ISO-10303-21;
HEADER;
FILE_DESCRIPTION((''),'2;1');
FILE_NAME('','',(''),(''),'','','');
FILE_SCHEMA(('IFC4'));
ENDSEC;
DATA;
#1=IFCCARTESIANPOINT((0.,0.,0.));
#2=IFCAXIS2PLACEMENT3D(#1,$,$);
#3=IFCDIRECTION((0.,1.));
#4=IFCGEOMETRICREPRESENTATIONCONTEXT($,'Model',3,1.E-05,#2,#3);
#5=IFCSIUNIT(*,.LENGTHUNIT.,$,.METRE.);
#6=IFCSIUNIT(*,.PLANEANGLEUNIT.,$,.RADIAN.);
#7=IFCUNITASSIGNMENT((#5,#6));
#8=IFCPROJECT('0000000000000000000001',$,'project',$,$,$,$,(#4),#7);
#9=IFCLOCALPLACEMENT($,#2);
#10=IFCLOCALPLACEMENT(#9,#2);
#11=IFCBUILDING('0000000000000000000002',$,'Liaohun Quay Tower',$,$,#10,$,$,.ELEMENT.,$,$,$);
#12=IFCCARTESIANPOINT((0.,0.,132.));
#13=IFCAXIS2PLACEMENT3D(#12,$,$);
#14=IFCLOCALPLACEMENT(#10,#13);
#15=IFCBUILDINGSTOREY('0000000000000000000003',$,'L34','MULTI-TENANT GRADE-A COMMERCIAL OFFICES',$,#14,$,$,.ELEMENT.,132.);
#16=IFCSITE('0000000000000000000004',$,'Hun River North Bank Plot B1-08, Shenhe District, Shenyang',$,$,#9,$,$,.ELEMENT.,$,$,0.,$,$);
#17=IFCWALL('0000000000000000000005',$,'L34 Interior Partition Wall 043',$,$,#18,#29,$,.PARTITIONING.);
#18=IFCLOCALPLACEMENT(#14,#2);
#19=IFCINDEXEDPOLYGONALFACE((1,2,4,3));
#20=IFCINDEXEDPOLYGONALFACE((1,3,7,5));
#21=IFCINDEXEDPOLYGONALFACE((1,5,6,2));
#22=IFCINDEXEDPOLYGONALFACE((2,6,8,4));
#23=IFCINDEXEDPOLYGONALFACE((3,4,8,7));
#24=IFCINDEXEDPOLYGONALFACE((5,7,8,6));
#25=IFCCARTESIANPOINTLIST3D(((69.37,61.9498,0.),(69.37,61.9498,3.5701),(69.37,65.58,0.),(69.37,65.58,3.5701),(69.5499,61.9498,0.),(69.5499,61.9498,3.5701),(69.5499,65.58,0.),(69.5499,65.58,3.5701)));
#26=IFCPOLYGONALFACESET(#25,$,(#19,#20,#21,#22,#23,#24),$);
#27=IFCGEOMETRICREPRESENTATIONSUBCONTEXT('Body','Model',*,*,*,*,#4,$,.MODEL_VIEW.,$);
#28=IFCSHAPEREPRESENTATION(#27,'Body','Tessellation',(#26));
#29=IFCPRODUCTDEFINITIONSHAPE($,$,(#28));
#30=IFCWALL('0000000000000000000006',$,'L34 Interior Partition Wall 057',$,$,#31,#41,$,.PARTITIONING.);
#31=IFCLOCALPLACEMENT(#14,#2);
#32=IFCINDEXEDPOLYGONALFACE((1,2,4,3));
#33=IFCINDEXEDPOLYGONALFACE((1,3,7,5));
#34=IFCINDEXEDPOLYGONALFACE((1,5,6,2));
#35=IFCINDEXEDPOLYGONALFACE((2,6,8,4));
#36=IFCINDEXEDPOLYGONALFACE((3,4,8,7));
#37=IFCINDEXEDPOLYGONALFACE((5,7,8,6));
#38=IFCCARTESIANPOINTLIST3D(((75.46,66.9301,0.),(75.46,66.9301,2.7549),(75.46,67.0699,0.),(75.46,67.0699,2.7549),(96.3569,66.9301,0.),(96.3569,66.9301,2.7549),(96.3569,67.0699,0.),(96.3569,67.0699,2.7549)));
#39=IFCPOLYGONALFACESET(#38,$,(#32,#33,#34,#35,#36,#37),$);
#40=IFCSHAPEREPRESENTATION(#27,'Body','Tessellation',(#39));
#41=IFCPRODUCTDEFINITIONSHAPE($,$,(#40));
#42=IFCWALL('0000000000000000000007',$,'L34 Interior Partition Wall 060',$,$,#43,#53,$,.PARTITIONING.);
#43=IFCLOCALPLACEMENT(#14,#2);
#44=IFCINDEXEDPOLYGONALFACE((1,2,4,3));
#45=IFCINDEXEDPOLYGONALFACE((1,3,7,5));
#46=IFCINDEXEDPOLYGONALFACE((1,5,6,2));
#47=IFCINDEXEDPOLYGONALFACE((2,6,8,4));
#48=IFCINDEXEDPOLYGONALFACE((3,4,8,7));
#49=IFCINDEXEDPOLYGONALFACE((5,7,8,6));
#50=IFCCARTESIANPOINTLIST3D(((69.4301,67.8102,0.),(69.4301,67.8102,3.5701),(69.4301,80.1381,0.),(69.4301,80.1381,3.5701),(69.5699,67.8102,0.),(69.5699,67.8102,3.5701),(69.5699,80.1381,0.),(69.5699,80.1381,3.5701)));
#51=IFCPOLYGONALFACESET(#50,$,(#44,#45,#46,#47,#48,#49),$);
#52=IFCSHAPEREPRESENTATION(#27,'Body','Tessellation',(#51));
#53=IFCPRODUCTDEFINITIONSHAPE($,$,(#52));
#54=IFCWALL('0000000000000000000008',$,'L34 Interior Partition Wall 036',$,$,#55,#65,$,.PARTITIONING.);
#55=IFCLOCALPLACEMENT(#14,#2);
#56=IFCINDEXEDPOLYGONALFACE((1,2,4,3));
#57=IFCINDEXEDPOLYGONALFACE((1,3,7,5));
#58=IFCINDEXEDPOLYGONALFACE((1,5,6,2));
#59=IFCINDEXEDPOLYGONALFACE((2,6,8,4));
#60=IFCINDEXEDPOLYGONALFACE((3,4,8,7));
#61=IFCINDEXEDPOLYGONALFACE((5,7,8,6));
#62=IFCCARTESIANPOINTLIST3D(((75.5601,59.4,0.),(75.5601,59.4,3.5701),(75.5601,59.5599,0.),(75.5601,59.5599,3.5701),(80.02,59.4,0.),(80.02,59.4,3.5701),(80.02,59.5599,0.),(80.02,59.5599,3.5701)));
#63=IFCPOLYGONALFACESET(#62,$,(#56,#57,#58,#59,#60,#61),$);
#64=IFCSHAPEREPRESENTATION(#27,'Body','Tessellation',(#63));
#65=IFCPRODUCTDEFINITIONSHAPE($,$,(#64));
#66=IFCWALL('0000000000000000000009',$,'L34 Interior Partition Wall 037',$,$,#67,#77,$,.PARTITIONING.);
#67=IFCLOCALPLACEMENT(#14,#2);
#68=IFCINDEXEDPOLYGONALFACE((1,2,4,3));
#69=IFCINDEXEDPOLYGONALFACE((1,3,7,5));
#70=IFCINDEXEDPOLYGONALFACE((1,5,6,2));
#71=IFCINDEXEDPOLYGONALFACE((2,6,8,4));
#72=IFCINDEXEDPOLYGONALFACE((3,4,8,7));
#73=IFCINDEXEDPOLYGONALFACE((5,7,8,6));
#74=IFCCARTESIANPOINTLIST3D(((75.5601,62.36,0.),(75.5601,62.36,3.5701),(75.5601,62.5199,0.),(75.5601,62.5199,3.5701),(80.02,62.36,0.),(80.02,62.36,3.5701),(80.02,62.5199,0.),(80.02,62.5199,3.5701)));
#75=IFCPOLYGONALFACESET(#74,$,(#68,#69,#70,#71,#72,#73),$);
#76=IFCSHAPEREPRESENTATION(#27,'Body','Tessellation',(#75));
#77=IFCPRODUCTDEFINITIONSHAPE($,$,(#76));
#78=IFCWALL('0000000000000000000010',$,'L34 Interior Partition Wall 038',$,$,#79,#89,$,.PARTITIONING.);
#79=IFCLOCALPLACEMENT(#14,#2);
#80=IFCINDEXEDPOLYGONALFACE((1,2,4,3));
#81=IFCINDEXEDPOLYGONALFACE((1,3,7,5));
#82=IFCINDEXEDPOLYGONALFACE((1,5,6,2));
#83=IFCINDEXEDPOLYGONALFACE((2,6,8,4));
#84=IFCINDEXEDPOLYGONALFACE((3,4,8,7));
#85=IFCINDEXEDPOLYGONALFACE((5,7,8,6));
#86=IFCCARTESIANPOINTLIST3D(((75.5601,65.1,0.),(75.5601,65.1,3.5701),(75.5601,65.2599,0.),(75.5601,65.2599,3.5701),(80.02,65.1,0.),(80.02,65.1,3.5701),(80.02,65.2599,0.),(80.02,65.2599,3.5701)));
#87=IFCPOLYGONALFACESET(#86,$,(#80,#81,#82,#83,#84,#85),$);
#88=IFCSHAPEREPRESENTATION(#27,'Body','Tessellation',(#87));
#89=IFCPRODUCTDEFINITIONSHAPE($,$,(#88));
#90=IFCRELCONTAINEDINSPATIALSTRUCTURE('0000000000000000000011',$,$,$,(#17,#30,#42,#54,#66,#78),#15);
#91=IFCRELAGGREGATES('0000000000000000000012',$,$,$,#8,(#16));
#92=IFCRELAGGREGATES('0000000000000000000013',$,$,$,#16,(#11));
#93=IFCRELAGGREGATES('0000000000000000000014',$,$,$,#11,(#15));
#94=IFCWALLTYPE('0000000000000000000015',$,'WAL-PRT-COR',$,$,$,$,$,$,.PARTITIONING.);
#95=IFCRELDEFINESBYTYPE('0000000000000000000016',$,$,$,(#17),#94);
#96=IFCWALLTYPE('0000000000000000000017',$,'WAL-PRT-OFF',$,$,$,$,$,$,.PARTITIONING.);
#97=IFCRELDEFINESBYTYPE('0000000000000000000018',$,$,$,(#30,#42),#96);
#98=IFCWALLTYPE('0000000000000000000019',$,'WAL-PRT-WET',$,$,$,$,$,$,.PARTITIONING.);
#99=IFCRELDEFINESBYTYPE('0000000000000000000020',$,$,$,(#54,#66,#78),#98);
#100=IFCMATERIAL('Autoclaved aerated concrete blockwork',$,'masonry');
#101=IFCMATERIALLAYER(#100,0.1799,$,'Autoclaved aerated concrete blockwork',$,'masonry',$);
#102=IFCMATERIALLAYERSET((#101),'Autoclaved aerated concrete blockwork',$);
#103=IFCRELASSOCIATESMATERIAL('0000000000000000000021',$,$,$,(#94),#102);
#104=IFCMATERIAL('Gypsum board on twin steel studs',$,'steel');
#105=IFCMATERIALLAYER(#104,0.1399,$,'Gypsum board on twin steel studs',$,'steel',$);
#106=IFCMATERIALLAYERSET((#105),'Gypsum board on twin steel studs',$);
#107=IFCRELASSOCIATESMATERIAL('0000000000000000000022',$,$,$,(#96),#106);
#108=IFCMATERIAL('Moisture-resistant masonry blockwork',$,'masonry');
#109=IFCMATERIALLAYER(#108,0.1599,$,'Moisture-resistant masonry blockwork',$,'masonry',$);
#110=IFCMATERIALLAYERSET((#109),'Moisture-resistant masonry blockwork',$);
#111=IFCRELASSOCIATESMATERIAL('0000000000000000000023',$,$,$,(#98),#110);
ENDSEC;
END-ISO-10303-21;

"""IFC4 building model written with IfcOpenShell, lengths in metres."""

from ifc_helpers import new_model, si_unit, direction, frame, frame_2d, origin, place, context, subcontext, project, spatial, rectangle, extrude, material, layer, layer_set, type_object, element, save


model = new_model("IFC4")

# Units and contexts
model_context = context("Model", 3, precision=1e-05, world=origin(), true_north=direction((0.0, 1.0)))
body_context = subcontext(model_context, "Body", "Model", "MODEL_VIEW")
ifc_project = project(units=[si_unit("LENGTHUNIT", "METRE"), si_unit("PLANEANGLEUNIT", "RADIAN")], contexts=[model_context])

# Site, building, storey
site_placement = place(None, origin())
site = spatial("IfcSite", under=ifc_project, at=site_placement, Name="Hun River North Bank Plot B1-08, Shenhe District, Shenyang", CompositionType="ELEMENT", RefElevation=0.0)
building_placement = place(site_placement, origin())
building = spatial("IfcBuilding", under=site, at=building_placement, Name="Liaohun Quay Tower", CompositionType="ELEMENT")
storey_placement = place(building_placement, frame((0.0, 0.0, 132.0)))
storey = spatial("IfcBuildingStorey", under=building, at=storey_placement, Name="L34", Description="MULTI-TENANT GRADE-A COMMERCIAL OFFICES", CompositionType="ELEMENT", Elevation=132.0)

# Shared definitions
ifc_material_1 = material(Name="Autoclaved aerated concrete blockwork", Category="masonry")
ifc_layer_1 = layer(ifc_material_1, 0.1799, Name="Autoclaved aerated concrete blockwork", Category="masonry")
ifc_layer_set_1 = layer_set([ifc_layer_1], Name="Autoclaved aerated concrete blockwork")
wall_type_1 = type_object("IfcWallType", Name="WAL-PRT-COR", PredefinedType="PARTITIONING", material=ifc_layer_set_1)

# Walls
wall_1_placement = place(storey_placement, frame((69.46, 61.95, 0.0), z_axis=(0.0, 0.0, 1.0), x_axis=(0.0, 1.0, 0.0)))
element("IfcWall", 1, at=wall_1_placement, inside=storey, type_object=wall_type_1, Name="L34 Interior Partition Wall 043", PredefinedType="PARTITIONING", context=body_context, shape_type="SweptSolid", body=[
    extrude(rectangle(XDim=3.6301, YDim=0.1799, at=frame_2d((1.8149, 0.0))), origin(), (0.0, 0.0, 1.0), 3.5701),
])
ifc_material_2 = material(Name="Gypsum board on twin steel studs", Category="steel")
ifc_layer_2 = layer(ifc_material_2, 0.1399, Name="Gypsum board on twin steel studs", Category="steel")
ifc_layer_set_2 = layer_set([ifc_layer_2], Name="Gypsum board on twin steel studs")
wall_type_2 = type_object("IfcWallType", Name="WAL-PRT-OFF", PredefinedType="PARTITIONING", material=ifc_layer_set_2)
wall_2_placement = place(storey_placement, frame((75.46, 67.0, 0.0), z_axis=(0.0, 0.0, 1.0), x_axis=(1.0, 0.0, 0.0)))
element("IfcWall", 2, at=wall_2_placement, inside=storey, type_object=wall_type_2, Name="L34 Interior Partition Wall 057", PredefinedType="PARTITIONING", context=body_context, shape_type="SweptSolid", body=[
    extrude(rectangle(XDim=20.897, YDim=0.1399, at=frame_2d((10.4485, 0.0))), origin(), (0.0, 0.0, 1.0), 2.7549),
])
wall_3_placement = place(storey_placement, frame((69.5, 67.8101, 0.0), z_axis=(0.0, 0.0, 1.0), x_axis=(0.0, 1.0, 0.0)))
element("IfcWall", 3, at=wall_3_placement, inside=storey, type_object=wall_type_2, Name="L34 Interior Partition Wall 060", PredefinedType="PARTITIONING", context=body_context, shape_type="SweptSolid", body=[
    extrude(rectangle(XDim=12.3279, YDim=0.1399, at=frame_2d((6.1641, 0.0))), origin(), (0.0, 0.0, 1.0), 3.5701),
])

# Shared definitions
ifc_material_3 = material(Name="Moisture-resistant masonry blockwork", Category="masonry")
ifc_layer_3 = layer(ifc_material_3, 0.1599, Name="Moisture-resistant masonry blockwork", Category="masonry")
ifc_layer_set_3 = layer_set([ifc_layer_3], Name="Moisture-resistant masonry blockwork")
wall_type_3 = type_object("IfcWallType", Name="WAL-PRT-WET", PredefinedType="PARTITIONING", material=ifc_layer_set_3)

# Walls
for number, where, z_axis, x_axis, name in (
    (4, (75.5601, 59.48, 0.0), (0.0, 0.0, 1.0), (1.0, 0.0, 0.0), "L34 Interior Partition Wall 036"),
    (5, (75.5601, 62.4399, 0.0), (0.0, 0.0, 1.0), (1.0, 0.0, 0.0), "L34 Interior Partition Wall 037"),
    (6, (75.5601, 65.1799, 0.0), (0.0, 0.0, 1.0), (1.0, 0.0, 0.0), "L34 Interior Partition Wall 038"),
):
    element("IfcWall", number, at=place(storey_placement, frame(where, z_axis=z_axis, x_axis=x_axis)), inside=storey, type_object=wall_type_3, Name=name, PredefinedType="PARTITIONING", context=body_context, shape_type="SweptSolid", body=[
        extrude(rectangle(XDim=4.46, YDim=0.1599, at=frame_2d((2.23, 0.0))), origin(), (0.0, 0.0, 1.0), 3.5701),
    ])

save(model, "model.ifc")
